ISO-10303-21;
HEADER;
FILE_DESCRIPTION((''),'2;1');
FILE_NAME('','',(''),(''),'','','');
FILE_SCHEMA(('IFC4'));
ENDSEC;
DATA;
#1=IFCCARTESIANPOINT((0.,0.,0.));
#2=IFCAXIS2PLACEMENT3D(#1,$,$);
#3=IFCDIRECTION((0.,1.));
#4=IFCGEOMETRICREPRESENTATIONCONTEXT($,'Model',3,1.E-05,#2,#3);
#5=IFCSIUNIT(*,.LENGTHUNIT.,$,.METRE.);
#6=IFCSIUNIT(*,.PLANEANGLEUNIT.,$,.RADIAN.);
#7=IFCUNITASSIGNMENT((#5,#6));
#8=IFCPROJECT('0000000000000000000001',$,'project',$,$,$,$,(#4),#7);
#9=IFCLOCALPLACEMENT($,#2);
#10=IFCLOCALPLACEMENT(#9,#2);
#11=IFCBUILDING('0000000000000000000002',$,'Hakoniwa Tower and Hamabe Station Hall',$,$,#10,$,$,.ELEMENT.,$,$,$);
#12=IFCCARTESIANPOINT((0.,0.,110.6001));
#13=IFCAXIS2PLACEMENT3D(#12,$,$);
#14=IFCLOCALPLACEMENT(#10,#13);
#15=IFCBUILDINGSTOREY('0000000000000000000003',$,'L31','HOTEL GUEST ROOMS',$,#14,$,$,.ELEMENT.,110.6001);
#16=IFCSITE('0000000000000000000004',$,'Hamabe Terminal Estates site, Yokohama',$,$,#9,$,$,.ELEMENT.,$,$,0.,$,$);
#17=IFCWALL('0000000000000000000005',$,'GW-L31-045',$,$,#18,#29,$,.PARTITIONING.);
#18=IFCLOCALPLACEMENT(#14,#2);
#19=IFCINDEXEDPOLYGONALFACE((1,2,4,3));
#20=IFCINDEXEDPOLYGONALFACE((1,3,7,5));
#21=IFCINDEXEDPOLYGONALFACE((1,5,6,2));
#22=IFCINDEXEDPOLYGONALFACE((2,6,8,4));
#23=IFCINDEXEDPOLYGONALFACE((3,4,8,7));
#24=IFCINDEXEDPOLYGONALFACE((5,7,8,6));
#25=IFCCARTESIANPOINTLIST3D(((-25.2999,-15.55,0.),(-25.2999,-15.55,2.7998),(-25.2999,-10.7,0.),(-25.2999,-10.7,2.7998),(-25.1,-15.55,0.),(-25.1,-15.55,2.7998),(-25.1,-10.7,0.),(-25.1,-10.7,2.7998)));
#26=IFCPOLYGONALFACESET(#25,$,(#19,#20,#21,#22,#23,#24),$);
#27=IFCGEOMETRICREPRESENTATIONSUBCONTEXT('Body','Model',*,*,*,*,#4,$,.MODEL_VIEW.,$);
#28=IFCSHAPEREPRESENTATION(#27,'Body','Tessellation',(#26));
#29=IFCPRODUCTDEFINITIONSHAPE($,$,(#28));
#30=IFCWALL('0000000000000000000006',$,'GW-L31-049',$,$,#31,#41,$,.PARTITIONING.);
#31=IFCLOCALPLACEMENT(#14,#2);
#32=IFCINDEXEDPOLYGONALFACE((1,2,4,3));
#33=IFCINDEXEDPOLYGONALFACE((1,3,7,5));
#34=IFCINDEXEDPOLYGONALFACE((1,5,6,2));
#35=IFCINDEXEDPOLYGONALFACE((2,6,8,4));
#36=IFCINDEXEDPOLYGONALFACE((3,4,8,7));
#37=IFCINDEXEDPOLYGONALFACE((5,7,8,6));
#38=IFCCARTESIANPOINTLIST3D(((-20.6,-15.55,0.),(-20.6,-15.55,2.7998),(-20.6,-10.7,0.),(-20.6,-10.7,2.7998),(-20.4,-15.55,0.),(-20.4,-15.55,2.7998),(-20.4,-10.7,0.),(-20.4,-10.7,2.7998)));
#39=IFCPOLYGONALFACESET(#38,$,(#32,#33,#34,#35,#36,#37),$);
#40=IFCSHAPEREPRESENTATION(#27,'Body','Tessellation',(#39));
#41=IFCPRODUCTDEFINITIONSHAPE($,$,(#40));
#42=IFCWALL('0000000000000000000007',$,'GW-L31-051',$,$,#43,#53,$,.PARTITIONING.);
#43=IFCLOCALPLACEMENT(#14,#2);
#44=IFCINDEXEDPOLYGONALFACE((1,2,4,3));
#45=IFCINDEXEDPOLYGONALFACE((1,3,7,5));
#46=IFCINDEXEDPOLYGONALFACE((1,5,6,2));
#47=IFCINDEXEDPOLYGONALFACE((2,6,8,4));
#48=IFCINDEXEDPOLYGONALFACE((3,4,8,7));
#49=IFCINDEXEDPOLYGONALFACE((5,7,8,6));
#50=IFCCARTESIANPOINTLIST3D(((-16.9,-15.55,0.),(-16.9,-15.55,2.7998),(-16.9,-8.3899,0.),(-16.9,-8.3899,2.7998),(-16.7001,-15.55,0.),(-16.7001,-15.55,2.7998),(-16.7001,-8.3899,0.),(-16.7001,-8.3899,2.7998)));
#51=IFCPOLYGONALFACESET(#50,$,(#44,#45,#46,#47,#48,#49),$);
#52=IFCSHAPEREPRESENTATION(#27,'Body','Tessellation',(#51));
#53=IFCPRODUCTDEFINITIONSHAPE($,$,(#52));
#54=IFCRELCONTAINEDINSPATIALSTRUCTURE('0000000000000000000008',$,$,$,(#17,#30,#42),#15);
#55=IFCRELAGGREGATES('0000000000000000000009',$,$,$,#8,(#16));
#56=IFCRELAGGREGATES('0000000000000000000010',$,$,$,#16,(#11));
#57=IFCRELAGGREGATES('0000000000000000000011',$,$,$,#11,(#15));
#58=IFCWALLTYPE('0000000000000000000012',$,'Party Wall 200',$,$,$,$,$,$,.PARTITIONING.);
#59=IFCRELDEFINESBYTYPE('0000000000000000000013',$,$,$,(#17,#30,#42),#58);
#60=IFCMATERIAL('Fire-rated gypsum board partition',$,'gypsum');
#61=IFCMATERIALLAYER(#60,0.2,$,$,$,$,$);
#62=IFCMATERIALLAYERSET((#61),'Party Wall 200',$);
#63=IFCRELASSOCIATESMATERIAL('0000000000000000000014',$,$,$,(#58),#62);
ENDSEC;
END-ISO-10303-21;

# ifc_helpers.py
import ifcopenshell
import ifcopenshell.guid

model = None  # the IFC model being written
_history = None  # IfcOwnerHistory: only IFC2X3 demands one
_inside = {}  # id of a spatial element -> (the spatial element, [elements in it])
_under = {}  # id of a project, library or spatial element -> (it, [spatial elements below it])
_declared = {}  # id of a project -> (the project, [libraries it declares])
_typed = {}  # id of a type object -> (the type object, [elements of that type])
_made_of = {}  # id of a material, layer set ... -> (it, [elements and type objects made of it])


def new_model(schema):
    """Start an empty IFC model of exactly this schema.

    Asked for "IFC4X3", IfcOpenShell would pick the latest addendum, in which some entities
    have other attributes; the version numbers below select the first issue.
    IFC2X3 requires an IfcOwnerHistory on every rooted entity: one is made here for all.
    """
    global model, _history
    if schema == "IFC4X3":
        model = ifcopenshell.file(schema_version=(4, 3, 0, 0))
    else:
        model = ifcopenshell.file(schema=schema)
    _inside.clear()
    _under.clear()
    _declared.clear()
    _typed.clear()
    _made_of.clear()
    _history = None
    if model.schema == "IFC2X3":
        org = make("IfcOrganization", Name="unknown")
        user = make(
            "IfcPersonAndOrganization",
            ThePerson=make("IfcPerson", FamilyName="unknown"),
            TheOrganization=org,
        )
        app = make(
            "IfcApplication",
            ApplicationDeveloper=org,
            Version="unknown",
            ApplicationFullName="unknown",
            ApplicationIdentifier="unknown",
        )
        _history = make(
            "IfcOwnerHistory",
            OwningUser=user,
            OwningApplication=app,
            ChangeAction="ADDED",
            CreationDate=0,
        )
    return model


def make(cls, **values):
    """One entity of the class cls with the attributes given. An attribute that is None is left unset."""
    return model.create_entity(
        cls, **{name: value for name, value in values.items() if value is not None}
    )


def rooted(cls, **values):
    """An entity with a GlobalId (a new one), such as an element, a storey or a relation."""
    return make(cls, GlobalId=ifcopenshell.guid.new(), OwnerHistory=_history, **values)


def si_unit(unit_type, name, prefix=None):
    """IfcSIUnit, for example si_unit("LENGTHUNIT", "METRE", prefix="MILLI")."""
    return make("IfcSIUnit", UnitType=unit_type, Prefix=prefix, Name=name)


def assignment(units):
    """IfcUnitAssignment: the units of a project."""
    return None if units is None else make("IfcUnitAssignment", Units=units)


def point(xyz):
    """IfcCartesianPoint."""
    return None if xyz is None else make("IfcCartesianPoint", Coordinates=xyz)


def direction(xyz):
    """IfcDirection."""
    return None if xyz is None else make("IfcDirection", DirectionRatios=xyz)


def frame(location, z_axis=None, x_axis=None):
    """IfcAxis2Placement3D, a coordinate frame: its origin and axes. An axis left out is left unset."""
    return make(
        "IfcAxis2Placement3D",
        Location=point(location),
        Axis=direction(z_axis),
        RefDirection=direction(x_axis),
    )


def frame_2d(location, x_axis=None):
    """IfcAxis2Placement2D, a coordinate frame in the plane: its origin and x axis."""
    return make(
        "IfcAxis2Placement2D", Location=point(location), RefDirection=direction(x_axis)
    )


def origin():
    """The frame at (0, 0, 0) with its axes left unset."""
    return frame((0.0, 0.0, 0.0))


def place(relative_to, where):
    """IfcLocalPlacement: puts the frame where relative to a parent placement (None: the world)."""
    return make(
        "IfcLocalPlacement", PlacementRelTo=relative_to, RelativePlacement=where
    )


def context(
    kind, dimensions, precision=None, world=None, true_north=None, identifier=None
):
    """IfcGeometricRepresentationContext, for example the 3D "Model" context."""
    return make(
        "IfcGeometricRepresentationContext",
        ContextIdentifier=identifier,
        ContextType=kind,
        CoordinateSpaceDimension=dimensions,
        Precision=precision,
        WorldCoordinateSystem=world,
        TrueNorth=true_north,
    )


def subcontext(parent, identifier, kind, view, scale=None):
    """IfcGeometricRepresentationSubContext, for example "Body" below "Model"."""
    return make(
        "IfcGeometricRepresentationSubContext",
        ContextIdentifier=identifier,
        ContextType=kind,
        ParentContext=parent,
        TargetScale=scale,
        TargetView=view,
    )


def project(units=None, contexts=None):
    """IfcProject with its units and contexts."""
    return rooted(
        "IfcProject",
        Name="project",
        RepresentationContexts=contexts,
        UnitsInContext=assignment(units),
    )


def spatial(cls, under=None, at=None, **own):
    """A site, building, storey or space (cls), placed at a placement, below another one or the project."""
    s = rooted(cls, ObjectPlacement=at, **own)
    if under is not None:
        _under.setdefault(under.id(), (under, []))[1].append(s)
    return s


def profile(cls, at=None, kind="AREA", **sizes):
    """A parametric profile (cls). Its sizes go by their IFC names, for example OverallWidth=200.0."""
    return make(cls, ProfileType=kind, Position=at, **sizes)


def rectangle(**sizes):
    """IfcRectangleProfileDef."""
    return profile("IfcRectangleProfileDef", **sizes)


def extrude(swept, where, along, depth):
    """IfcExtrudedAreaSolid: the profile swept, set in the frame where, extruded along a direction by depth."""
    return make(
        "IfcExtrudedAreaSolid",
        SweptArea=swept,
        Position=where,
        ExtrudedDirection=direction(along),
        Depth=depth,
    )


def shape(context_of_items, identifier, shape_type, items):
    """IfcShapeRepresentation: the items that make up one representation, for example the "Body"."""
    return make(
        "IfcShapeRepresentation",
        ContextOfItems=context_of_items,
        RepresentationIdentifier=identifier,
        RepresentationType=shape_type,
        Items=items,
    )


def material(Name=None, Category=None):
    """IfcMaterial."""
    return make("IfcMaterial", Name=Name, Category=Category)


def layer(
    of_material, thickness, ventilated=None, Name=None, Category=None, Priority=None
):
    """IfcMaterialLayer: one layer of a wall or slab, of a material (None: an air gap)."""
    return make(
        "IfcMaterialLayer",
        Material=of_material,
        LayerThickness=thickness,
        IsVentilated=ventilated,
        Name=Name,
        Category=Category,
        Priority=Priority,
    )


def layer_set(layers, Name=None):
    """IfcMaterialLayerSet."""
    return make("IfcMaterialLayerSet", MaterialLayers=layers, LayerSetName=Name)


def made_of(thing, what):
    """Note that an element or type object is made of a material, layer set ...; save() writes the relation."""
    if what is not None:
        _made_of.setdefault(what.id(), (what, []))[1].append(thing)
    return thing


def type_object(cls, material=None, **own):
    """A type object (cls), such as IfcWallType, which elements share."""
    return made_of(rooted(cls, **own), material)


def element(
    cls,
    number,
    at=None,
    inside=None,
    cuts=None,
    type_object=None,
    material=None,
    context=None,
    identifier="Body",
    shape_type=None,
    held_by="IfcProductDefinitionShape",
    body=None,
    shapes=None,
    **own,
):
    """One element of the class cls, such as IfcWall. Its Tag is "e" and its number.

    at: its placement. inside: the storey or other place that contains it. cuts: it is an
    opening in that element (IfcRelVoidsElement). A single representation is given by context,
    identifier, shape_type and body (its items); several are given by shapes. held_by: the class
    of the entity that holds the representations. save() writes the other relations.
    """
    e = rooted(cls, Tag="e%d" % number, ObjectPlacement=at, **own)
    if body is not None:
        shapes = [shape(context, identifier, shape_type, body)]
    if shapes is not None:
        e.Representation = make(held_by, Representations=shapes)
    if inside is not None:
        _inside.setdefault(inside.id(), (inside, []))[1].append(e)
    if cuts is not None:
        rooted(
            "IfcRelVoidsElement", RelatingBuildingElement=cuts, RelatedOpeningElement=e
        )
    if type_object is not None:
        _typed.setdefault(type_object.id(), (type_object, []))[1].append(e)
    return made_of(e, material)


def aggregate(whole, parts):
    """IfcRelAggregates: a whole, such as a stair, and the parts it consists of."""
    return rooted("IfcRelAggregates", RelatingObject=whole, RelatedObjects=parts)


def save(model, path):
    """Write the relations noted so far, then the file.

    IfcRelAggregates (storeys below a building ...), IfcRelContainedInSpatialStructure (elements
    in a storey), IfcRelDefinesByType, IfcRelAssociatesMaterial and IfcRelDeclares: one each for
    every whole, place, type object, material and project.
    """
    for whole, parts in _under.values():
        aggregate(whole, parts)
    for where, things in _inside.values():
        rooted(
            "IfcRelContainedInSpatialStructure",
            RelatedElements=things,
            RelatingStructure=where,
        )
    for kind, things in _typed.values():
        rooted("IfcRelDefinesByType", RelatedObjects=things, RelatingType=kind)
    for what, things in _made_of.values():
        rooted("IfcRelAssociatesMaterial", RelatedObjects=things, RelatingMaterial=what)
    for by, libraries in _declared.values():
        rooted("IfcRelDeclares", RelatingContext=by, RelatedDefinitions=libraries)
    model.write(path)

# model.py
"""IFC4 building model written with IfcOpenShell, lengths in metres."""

from ifc_helpers import new_model, si_unit, direction, frame, frame_2d, origin, place, context, subcontext, project, spatial, rectangle, extrude, material, layer, layer_set, type_object, element, save


model = new_model("IFC4")

# Units and contexts
model_context = context("Model", 3, precision=1e-05, world=origin(), true_north=direction((0.0, 1.0)))
body_context = subcontext(model_context, "Body", "Model", "MODEL_VIEW")
ifc_project = project(units=[si_unit("LENGTHUNIT", "METRE"), si_unit("PLANEANGLEUNIT", "RADIAN")], contexts=[model_context])

# Site, building, storey
site_placement = place(None, origin())
site = spatial("IfcSite", under=ifc_project, at=site_placement, Name="Hamabe Terminal Estates site, Yokohama", CompositionType="ELEMENT", RefElevation=0.0)
building_placement = place(site_placement, origin())
building = spatial("IfcBuilding", under=site, at=building_placement, Name="Hakoniwa Tower and Hamabe Station Hall", CompositionType="ELEMENT")
storey_placement = place(building_placement, frame((0.0, 0.0, 110.6001)))
storey = spatial("IfcBuildingStorey", under=building, at=storey_placement, Name="L31", Description="HOTEL GUEST ROOMS", CompositionType="ELEMENT", Elevation=110.6001)

# Walls
ifc_material_1 = material(Name="Fire-rated gypsum board partition", Category="gypsum")
ifc_layer_1 = layer(ifc_material_1, 0.2)
ifc_layer_set_1 = layer_set([ifc_layer_1], Name="Party Wall 200")
wall_type_1 = type_object("IfcWallType", Name="Party Wall 200", PredefinedType="PARTITIONING", material=ifc_layer_set_1)
for number, where, z_axis, x_axis, name in (
    (1, (-25.2, -15.55, 0.0), (0.0, 0.0, 1.0), (0.0, 1.0, 0.0), "GW-L31-045"),
    (2, (-20.5, -15.55, 0.0), (0.0, 0.0, 1.0), (0.0, 1.0, 0.0), "GW-L31-049"),
):
    element("IfcWall", number, at=place(storey_placement, frame(where, z_axis=z_axis, x_axis=x_axis)), inside=storey, type_object=wall_type_1, Name=name, PredefinedType="PARTITIONING", context=body_context, shape_type="SweptSolid", body=[
        extrude(rectangle(XDim=4.8501, YDim=0.2, at=frame_2d((2.425, 0.0))), origin(), (0.0, 0.0, 1.0), 2.7998),
    ])
wall_1_placement = place(storey_placement, frame((-16.8, -15.55, 0.0), z_axis=(0.0, 0.0, 1.0), x_axis=(0.0, 1.0, 0.0)))
element("IfcWall", 3, at=wall_1_placement, inside=storey, type_object=wall_type_1, Name="GW-L31-051", PredefinedType="PARTITIONING", context=body_context, shape_type="SweptSolid", body=[
    extrude(rectangle(XDim=7.1602, YDim=0.2, at=frame_2d((3.5801, 0.0))), origin(), (0.0, 0.0, 1.0), 2.7998),
])

save(model, "model.ifc")
